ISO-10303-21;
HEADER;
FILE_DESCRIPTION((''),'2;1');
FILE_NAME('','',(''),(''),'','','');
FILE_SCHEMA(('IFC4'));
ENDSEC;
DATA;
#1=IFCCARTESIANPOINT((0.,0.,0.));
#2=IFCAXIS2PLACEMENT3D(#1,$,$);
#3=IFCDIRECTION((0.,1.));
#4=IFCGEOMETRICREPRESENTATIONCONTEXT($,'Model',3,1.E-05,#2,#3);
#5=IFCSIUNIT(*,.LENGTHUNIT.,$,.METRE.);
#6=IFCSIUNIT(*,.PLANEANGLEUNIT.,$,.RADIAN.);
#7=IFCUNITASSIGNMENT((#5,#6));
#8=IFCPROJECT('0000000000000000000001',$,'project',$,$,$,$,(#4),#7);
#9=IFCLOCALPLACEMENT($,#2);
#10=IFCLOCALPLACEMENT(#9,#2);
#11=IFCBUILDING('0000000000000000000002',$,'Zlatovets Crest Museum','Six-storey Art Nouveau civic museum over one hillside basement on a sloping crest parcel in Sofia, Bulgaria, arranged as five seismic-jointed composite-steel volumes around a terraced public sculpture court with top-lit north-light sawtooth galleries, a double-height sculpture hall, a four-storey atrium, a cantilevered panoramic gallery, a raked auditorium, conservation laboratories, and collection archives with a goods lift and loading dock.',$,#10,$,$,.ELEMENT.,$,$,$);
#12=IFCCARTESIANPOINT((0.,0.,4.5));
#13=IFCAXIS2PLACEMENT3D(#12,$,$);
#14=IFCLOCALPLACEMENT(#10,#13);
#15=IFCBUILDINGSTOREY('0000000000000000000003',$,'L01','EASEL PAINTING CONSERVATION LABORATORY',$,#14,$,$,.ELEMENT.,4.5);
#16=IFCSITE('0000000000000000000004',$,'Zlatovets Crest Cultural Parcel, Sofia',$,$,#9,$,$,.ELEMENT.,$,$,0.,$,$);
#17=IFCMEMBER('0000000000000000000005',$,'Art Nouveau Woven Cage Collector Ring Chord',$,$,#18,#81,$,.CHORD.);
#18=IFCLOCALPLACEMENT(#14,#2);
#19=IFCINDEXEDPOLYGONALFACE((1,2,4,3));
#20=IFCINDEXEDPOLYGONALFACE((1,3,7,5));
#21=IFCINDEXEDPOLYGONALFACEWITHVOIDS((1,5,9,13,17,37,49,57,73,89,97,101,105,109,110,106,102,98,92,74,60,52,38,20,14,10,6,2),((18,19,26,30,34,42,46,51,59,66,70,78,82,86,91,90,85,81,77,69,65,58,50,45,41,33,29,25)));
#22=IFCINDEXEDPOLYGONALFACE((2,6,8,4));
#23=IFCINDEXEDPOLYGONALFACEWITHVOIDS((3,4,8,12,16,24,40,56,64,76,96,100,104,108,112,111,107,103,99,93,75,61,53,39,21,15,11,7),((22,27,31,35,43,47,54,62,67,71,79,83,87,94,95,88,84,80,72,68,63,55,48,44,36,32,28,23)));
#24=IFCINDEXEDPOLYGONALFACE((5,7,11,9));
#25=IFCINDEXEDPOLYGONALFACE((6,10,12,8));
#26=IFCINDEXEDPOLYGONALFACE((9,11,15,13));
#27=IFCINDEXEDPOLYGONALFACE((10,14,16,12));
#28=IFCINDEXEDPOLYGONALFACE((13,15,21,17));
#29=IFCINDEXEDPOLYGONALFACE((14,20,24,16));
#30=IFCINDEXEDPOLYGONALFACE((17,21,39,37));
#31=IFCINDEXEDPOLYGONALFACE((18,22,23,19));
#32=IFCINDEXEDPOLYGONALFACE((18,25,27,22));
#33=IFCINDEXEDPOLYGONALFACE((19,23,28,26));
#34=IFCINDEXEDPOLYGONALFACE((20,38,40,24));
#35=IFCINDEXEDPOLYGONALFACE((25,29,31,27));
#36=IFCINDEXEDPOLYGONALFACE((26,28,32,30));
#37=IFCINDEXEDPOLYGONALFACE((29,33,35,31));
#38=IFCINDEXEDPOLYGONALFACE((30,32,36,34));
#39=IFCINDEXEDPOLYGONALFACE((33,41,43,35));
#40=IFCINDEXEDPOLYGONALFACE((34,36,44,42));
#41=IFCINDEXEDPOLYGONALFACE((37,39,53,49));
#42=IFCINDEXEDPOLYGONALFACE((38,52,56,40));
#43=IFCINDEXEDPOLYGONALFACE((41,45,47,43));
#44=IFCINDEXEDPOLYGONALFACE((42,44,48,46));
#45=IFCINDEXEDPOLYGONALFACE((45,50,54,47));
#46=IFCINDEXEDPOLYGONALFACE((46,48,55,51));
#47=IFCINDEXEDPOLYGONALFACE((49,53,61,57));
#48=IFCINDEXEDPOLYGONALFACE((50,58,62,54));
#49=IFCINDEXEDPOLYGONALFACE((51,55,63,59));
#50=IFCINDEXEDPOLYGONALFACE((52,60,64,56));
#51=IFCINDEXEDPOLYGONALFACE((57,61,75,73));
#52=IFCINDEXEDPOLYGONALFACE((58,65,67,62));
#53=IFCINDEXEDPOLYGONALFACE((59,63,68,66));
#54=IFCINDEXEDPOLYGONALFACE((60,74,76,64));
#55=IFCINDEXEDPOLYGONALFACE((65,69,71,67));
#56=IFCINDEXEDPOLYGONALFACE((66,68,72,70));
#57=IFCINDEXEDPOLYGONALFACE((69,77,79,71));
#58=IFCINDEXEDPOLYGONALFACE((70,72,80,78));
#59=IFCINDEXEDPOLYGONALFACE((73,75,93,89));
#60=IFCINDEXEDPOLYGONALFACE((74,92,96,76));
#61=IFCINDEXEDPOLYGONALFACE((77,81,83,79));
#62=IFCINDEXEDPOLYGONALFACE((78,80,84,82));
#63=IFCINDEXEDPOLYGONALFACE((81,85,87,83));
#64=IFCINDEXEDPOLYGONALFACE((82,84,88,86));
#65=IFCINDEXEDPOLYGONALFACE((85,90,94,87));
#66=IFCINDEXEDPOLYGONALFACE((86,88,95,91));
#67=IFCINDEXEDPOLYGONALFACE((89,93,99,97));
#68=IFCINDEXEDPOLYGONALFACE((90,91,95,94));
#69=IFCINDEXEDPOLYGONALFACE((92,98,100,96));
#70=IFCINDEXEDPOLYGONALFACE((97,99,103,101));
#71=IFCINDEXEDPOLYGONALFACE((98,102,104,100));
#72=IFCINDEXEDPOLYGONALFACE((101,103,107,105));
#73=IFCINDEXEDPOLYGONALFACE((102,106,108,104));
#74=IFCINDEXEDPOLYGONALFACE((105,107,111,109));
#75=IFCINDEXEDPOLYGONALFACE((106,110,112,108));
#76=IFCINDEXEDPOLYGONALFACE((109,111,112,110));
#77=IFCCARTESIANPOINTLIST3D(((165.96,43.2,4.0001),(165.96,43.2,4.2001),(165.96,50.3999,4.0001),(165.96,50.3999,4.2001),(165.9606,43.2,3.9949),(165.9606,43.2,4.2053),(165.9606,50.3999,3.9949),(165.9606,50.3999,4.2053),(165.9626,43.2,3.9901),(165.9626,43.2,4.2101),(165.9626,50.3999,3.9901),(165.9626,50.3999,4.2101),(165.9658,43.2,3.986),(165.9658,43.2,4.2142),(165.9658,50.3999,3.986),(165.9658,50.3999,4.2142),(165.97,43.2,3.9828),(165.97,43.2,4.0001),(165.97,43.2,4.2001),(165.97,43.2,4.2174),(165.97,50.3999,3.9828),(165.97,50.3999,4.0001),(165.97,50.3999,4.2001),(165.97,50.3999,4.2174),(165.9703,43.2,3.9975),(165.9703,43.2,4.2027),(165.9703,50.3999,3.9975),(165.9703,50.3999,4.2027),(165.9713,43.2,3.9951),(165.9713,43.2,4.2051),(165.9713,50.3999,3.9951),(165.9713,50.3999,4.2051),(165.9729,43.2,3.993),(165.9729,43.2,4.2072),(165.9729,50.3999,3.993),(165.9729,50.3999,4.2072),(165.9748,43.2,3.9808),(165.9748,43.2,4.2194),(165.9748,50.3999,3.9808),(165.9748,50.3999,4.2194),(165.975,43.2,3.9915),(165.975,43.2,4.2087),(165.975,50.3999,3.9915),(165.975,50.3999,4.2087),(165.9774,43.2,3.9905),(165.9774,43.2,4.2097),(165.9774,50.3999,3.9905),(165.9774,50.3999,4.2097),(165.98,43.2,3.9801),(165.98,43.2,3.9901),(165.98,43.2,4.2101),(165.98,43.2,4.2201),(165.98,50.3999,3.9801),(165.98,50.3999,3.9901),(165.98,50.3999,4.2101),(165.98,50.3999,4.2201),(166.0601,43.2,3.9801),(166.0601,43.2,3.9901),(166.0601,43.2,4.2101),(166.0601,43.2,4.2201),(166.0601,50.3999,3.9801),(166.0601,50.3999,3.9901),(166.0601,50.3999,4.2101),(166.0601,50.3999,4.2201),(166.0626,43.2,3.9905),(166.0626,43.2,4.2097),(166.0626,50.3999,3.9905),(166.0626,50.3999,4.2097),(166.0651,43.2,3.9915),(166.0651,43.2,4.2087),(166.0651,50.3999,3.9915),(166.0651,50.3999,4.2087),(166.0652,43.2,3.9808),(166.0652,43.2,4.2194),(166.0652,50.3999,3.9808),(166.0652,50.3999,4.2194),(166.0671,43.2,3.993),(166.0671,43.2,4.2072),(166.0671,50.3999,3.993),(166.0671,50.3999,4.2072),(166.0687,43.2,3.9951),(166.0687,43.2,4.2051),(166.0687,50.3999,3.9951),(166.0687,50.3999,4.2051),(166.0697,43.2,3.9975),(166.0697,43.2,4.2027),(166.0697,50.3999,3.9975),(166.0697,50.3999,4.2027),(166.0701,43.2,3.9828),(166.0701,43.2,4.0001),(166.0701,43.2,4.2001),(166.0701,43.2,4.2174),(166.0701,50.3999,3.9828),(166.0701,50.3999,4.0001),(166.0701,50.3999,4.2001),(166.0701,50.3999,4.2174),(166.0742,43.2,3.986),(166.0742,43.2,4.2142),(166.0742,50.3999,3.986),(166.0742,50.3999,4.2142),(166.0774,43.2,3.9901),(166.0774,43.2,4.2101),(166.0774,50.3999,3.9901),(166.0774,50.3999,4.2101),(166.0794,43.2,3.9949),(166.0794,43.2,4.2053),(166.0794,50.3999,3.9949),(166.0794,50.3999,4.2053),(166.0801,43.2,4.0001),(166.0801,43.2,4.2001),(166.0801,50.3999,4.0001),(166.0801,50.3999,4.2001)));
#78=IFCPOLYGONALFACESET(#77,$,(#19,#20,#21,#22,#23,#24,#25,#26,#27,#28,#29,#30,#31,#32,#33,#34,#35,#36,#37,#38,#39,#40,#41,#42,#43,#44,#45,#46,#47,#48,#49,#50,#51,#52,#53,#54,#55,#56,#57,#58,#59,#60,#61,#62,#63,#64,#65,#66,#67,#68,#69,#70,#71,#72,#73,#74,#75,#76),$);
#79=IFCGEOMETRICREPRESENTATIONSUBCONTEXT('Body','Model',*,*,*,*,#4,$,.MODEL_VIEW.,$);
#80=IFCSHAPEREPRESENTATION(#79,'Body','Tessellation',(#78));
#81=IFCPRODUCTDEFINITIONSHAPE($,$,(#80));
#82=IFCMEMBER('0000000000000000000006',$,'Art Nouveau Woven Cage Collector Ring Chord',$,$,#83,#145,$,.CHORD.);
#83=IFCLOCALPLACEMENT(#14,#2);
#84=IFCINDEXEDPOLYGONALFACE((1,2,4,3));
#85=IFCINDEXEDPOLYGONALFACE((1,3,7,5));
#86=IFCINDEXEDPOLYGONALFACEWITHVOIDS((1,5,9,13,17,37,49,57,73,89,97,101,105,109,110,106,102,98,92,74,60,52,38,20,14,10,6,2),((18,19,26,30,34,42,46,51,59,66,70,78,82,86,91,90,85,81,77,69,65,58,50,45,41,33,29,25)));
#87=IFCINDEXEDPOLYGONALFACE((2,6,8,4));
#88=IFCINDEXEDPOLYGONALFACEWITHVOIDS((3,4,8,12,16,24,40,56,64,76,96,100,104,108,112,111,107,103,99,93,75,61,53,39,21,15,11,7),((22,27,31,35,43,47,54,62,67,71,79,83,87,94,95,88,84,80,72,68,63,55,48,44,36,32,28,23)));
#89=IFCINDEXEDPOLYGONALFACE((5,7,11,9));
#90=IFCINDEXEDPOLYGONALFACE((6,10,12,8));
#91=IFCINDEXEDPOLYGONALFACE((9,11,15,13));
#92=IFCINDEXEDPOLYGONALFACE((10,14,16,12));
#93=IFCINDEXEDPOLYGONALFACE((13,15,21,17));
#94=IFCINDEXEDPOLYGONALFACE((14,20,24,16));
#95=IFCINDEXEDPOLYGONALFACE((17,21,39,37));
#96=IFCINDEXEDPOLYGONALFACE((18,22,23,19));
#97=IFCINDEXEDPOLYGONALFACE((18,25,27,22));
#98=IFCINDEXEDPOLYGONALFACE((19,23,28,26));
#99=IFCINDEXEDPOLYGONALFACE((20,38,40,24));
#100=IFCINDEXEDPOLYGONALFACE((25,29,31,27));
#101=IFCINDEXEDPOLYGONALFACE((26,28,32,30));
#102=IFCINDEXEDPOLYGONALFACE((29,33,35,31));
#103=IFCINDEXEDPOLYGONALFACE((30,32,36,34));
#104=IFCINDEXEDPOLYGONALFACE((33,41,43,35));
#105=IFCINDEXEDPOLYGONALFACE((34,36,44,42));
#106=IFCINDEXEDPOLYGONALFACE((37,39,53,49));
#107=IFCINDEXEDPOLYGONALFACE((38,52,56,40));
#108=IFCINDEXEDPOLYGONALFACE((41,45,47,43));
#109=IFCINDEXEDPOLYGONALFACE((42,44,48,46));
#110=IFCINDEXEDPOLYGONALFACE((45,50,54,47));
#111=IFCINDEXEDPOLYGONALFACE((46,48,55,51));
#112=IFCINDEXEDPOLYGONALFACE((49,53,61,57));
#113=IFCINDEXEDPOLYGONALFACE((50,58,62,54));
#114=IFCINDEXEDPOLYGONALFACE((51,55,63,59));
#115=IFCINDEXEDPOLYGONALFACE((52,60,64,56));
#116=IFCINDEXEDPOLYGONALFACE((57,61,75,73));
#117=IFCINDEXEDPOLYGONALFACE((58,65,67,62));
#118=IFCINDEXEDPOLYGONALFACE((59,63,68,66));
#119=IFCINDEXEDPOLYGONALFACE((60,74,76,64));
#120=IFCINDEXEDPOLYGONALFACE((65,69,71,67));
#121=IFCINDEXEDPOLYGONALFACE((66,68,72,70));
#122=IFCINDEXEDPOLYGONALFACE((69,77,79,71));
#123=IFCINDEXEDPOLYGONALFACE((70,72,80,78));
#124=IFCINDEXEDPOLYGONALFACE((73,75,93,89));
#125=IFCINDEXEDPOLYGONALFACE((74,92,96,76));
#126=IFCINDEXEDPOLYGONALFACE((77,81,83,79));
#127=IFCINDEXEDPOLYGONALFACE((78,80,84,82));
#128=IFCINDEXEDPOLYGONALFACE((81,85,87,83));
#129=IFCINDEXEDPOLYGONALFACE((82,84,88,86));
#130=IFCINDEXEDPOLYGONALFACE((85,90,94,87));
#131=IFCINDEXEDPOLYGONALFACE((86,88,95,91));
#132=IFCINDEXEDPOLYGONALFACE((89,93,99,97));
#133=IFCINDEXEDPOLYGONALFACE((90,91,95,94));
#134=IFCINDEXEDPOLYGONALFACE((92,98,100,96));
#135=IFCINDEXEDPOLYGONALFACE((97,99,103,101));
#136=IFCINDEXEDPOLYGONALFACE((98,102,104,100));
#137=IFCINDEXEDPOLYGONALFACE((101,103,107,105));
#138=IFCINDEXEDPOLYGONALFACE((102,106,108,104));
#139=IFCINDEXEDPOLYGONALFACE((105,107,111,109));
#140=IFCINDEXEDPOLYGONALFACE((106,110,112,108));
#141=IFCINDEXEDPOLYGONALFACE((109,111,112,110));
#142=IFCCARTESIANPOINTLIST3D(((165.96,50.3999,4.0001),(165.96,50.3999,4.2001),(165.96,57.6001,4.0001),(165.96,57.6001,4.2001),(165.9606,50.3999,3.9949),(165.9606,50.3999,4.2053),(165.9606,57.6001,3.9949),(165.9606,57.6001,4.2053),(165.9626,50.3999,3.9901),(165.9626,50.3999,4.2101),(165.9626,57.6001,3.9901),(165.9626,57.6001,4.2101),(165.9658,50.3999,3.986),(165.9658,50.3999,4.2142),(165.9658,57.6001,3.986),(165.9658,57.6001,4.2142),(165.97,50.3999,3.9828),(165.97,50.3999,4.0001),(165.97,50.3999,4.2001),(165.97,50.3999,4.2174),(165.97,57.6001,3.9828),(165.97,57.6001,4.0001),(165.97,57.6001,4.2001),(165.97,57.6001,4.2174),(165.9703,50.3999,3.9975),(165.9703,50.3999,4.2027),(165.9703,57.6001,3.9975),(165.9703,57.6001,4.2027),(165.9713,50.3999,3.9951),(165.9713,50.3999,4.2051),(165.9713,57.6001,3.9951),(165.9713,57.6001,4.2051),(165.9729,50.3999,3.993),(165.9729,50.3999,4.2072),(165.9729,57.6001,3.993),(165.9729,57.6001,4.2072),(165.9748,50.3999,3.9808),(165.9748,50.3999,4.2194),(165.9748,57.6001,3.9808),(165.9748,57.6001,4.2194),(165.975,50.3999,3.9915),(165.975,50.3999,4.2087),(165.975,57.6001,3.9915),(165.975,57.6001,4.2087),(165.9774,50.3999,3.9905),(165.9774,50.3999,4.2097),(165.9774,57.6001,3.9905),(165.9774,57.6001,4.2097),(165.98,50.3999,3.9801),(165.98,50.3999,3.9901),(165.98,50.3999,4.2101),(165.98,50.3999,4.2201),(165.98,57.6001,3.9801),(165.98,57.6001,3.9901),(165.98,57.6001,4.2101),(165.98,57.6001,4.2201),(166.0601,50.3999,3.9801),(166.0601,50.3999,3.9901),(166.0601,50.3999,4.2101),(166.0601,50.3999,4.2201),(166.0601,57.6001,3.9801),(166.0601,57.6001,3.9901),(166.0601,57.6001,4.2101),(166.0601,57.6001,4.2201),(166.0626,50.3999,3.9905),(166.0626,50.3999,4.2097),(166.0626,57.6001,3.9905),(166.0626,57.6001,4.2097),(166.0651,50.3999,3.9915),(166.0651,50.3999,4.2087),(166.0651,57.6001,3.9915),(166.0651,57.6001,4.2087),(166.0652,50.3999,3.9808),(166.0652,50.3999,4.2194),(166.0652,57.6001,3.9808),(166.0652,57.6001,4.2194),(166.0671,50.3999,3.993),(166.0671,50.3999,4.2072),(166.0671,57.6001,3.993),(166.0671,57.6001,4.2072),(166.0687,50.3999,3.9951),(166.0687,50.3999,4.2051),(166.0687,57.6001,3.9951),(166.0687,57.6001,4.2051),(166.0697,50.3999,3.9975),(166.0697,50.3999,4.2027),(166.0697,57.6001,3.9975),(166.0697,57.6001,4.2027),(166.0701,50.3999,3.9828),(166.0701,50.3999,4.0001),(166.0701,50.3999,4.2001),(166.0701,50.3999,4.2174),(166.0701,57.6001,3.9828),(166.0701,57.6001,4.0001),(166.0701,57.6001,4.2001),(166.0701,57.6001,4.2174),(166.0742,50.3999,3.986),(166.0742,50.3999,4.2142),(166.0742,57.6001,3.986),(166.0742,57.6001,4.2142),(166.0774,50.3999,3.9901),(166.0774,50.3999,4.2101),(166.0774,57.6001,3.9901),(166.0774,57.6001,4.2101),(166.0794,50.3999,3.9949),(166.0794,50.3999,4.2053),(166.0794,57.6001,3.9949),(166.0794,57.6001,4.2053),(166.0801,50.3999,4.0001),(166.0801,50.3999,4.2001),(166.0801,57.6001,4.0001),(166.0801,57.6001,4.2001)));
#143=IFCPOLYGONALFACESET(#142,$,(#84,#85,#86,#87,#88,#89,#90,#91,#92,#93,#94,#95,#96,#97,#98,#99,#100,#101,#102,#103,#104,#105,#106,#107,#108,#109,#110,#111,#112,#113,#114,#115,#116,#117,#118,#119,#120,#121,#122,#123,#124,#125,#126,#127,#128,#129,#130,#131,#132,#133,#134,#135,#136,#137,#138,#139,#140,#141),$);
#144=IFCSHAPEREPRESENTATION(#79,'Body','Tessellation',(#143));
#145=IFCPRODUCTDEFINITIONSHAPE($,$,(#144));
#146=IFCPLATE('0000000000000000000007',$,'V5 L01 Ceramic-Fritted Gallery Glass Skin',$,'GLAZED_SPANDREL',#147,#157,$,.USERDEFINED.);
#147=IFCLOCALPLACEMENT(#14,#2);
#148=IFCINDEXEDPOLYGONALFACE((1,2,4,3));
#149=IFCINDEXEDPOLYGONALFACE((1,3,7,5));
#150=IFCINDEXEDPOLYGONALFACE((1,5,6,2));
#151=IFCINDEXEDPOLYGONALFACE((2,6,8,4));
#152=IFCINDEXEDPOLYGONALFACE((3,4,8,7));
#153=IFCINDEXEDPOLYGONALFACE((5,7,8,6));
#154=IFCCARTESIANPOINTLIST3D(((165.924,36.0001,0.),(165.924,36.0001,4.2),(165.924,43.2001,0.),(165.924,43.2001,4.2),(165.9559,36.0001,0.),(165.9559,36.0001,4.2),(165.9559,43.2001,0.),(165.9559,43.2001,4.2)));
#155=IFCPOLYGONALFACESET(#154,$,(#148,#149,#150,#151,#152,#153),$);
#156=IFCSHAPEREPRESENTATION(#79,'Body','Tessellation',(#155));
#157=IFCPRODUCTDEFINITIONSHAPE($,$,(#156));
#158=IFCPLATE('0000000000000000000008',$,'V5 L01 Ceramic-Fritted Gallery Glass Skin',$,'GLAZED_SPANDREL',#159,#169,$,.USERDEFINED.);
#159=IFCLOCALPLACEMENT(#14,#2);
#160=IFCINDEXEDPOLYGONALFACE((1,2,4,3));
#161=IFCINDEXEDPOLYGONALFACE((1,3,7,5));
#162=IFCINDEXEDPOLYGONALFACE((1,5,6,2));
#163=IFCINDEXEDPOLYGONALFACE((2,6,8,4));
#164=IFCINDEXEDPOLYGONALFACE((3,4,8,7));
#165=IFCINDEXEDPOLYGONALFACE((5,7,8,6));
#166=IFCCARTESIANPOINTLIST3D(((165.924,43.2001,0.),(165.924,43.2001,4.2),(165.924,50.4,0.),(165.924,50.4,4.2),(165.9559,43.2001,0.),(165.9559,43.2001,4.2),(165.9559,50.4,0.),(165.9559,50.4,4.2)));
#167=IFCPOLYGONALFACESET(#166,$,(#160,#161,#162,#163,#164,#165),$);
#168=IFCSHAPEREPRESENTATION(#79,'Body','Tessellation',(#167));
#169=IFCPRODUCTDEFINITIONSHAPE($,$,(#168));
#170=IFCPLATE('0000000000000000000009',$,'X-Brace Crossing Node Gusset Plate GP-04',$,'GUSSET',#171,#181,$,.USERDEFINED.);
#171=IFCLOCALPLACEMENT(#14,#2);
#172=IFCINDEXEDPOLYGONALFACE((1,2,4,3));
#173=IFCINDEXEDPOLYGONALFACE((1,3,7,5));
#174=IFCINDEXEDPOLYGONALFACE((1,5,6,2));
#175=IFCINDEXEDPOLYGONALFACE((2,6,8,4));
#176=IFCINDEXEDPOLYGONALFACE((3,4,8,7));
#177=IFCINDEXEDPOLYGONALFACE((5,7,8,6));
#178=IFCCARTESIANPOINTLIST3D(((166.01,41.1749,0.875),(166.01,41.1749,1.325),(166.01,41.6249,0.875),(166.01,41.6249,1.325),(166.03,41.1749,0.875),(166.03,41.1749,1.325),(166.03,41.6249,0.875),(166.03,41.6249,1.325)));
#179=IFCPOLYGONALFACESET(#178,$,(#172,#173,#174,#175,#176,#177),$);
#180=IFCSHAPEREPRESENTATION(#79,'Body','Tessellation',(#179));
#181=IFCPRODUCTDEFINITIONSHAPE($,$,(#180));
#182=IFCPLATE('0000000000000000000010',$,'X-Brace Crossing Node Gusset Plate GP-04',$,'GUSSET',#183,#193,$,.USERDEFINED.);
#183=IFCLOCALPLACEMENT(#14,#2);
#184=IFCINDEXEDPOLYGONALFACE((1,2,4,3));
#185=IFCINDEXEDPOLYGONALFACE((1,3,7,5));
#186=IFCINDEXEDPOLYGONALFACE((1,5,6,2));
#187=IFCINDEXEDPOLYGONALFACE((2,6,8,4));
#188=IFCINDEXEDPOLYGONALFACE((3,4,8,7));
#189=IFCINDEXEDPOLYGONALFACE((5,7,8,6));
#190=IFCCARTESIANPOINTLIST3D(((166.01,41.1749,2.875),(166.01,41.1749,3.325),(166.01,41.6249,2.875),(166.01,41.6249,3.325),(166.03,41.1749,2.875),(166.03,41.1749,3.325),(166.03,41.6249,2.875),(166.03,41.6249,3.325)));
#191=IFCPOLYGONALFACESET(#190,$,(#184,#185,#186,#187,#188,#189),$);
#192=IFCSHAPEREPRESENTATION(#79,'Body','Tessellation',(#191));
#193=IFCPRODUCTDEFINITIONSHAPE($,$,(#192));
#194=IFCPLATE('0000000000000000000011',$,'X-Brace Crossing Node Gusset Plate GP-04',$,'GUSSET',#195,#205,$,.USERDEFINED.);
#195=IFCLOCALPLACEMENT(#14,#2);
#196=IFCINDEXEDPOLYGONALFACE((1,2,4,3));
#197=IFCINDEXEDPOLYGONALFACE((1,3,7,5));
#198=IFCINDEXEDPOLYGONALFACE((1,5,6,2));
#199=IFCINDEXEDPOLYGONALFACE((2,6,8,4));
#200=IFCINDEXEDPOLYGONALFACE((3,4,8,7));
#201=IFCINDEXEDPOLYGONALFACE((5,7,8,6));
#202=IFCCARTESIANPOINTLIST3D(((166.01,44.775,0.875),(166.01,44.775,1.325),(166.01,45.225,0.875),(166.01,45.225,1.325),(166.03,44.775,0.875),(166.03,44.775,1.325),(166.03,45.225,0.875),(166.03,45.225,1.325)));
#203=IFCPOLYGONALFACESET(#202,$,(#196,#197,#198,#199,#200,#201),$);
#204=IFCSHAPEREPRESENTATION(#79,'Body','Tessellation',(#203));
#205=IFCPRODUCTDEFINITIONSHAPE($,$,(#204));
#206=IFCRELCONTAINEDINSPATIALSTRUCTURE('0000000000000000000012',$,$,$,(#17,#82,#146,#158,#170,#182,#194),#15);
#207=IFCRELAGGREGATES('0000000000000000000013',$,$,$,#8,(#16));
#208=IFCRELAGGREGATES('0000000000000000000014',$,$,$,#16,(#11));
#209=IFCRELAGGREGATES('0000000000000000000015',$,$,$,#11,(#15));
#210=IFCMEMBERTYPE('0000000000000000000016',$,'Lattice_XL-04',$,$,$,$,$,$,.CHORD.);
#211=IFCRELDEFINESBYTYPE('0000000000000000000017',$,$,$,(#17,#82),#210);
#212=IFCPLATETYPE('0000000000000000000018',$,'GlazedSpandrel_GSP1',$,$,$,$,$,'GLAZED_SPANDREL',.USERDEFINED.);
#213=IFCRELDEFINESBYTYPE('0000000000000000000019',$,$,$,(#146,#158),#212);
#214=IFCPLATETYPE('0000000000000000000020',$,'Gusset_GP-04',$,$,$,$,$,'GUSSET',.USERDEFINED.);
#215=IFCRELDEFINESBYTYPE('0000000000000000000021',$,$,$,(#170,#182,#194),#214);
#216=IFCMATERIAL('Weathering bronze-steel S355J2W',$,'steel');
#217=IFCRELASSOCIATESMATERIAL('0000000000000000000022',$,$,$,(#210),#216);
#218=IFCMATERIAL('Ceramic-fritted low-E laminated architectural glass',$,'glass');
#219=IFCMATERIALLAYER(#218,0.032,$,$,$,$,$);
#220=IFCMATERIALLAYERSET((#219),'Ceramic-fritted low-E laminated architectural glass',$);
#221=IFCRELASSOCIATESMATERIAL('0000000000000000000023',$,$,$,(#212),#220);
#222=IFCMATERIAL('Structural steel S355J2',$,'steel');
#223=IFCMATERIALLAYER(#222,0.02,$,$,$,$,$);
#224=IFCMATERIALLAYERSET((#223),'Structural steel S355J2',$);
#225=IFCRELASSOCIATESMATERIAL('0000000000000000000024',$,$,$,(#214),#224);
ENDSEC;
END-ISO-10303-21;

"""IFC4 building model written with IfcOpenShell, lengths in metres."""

from ifc_helpers import new_model, si_unit, direction, frame, origin, origin_2d, place, context, subcontext, project, spatial, rectangle, hollow_rectangle, extrude, material, layer, layer_set, material_profile, profile_set, type_object, element, save


model = new_model("IFC4")

# Units and contexts
model_context = context("Model", 3, precision=1e-05, world=origin(), true_north=direction((0.0, 1.0)))
body_context = subcontext(model_context, "Body", "Model", "MODEL_VIEW")
ifc_project = project(units=[si_unit("LENGTHUNIT", "METRE"), si_unit("PLANEANGLEUNIT", "RADIAN")], contexts=[model_context])

# Site, building, storey
site_placement = place(None, origin())
site = spatial("IfcSite", under=ifc_project, at=site_placement, Name="Zlatovets Crest Cultural Parcel, Sofia", CompositionType="ELEMENT", RefElevation=0.0)
building_placement = place(site_placement, origin())
building = spatial("IfcBuilding", under=site, at=building_placement, Name="Zlatovets Crest Museum", Description="Six-storey Art Nouveau civic museum over one hillside basement on a sloping crest parcel in Sofia, Bulgaria, arranged as five seismic-jointed composite-steel volumes around a terraced public sculpture court with top-lit north-light sawtooth galleries, a double-height sculpture hall, a four-storey atrium, a cantilevered panoramic gallery, a raked auditorium, conservation laboratories, and collection archives with a goods lift and loading dock.", CompositionType="ELEMENT")
storey_placement = place(building_placement, frame((0.0, 0.0, 4.5)))
storey = spatial("IfcBuildingStorey", under=building, at=storey_placement, Name="L01", Description="EASEL PAINTING CONSERVATION LABORATORY", CompositionType="ELEMENT", Elevation=4.5)

# Members
ifc_material_1 = material(Name="Weathering bronze-steel S355J2W", Category="steel")
ifc_material_profile_1 = material_profile(ifc_material_1, hollow_rectangle(XDim=0.1201, YDim=0.24, WallThickness=0.01, InnerFilletRadius=0.01, OuterFilletRadius=0.02, at=origin_2d()), Name="RHS 120x240x10.0")
ifc_profile_set_1 = profile_set([ifc_material_profile_1], Name="Weathering bronze-steel S355J2W")
member_type_1 = type_object("IfcMemberType", Name="Lattice_XL-04", PredefinedType="CHORD", material=ifc_profile_set_1)
member_1_placement = place(storey_placement, frame((166.02, 43.2, 4.1001), z_axis=(0.0, 1.0, 0.0), x_axis=(-1.0, 0.0, 0.0)))
element("IfcMember", 1, at=member_1_placement, inside=storey, type_object=member_type_1, Name="Art Nouveau Woven Cage Collector Ring Chord", PredefinedType="CHORD", context=body_context, shape_type="SweptSolid", body=[
    extrude(hollow_rectangle(XDim=0.1201, YDim=0.24, WallThickness=0.01, InnerFilletRadius=0.01, OuterFilletRadius=0.02, at=origin_2d()), origin(), (0.0, 0.0, 1.0), 7.2),
])
member_2_placement = place(storey_placement, frame((166.02, 50.3999, 4.1001), z_axis=(0.0, 1.0, 0.0), x_axis=(-1.0, 0.0, 0.0)))
element("IfcMember", 2, at=member_2_placement, inside=storey, type_object=member_type_1, Name="Art Nouveau Woven Cage Collector Ring Chord", PredefinedType="CHORD", context=body_context, shape_type="SweptSolid", body=[
    extrude(hollow_rectangle(XDim=0.1201, YDim=0.24, WallThickness=0.01, InnerFilletRadius=0.01, OuterFilletRadius=0.02, at=origin_2d()), origin(), (0.0, 0.0, 1.0), 7.2002),
])

# Plates
ifc_material_2 = material(Name="Ceramic-fritted low-E laminated architectural glass", Category="glass")
ifc_layer_1 = layer(ifc_material_2, 0.032)
ifc_layer_set_1 = layer_set([ifc_layer_1], Name="Ceramic-fritted low-E laminated architectural glass")
plate_type_1 = type_object("IfcPlateType", Name="GlazedSpandrel_GSP1", ElementType="GLAZED_SPANDREL", PredefinedType="USERDEFINED", material=ifc_layer_set_1)
for number, where, z_axis, x_axis, name in (
    (3, (165.9399, 39.6001, 0.0), (0.0, 0.0, 1.0), (0.0, 1.0, 0.0), "V5 L01 Ceramic-Fritted Gallery Glass Skin"),
    (4, (165.9399, 46.8, 0.0), (0.0, 0.0, 1.0), (0.0, 1.0, 0.0), "V5 L01 Ceramic-Fritted Gallery Glass Skin"),
):
    element("IfcPlate", number, at=place(storey_placement, frame(where, z_axis=z_axis, x_axis=x_axis)), inside=storey, type_object=plate_type_1, Name=name, ObjectType="GLAZED_SPANDREL", PredefinedType="USERDEFINED", context=body_context, shape_type="SweptSolid", body=[
        extrude(rectangle(XDim=7.2, YDim=0.032, at=origin_2d()), origin(), (0.0, 0.0, 1.0), 4.2),
    ])
ifc_material_3 = material(Name="Structural steel S355J2", Category="steel")
ifc_layer_2 = layer(ifc_material_3, 0.02)
ifc_layer_set_2 = layer_set([ifc_layer_2], Name="Structural steel S355J2")
plate_type_2 = type_object("IfcPlateType", Name="Gusset_GP-04", ElementType="GUSSET", PredefinedType="USERDEFINED", material=ifc_layer_set_2)
for number, where, z_axis, x_axis, name in (
    (5, (166.02, 41.3999, 0.875), (0.0, 0.0, 1.0), (1.0, 0.0, 0.0), "X-Brace Crossing Node Gusset Plate GP-04"),
    (6, (166.02, 41.3999, 2.875), (0.0, 0.0, 1.0), (1.0, 0.0, 0.0), "X-Brace Crossing Node Gusset Plate GP-04"),
    (7, (166.02, 45.0, 0.875), (0.0, 0.0, 1.0), (1.0, 0.0, 0.0), "X-Brace Crossing Node Gusset Plate GP-04"),
):
    element("IfcPlate", number, at=place(storey_placement, frame(where, z_axis=z_axis, x_axis=x_axis)), inside=storey, type_object=plate_type_2, Name=name, ObjectType="GUSSET", PredefinedType="USERDEFINED", context=body_context, shape_type="SweptSolid", body=[
        extrude(rectangle(XDim=0.02, YDim=0.45, at=origin_2d()), origin(), (0.0, 0.0, 1.0), 0.45),
    ])

save(model, "model.ifc")
